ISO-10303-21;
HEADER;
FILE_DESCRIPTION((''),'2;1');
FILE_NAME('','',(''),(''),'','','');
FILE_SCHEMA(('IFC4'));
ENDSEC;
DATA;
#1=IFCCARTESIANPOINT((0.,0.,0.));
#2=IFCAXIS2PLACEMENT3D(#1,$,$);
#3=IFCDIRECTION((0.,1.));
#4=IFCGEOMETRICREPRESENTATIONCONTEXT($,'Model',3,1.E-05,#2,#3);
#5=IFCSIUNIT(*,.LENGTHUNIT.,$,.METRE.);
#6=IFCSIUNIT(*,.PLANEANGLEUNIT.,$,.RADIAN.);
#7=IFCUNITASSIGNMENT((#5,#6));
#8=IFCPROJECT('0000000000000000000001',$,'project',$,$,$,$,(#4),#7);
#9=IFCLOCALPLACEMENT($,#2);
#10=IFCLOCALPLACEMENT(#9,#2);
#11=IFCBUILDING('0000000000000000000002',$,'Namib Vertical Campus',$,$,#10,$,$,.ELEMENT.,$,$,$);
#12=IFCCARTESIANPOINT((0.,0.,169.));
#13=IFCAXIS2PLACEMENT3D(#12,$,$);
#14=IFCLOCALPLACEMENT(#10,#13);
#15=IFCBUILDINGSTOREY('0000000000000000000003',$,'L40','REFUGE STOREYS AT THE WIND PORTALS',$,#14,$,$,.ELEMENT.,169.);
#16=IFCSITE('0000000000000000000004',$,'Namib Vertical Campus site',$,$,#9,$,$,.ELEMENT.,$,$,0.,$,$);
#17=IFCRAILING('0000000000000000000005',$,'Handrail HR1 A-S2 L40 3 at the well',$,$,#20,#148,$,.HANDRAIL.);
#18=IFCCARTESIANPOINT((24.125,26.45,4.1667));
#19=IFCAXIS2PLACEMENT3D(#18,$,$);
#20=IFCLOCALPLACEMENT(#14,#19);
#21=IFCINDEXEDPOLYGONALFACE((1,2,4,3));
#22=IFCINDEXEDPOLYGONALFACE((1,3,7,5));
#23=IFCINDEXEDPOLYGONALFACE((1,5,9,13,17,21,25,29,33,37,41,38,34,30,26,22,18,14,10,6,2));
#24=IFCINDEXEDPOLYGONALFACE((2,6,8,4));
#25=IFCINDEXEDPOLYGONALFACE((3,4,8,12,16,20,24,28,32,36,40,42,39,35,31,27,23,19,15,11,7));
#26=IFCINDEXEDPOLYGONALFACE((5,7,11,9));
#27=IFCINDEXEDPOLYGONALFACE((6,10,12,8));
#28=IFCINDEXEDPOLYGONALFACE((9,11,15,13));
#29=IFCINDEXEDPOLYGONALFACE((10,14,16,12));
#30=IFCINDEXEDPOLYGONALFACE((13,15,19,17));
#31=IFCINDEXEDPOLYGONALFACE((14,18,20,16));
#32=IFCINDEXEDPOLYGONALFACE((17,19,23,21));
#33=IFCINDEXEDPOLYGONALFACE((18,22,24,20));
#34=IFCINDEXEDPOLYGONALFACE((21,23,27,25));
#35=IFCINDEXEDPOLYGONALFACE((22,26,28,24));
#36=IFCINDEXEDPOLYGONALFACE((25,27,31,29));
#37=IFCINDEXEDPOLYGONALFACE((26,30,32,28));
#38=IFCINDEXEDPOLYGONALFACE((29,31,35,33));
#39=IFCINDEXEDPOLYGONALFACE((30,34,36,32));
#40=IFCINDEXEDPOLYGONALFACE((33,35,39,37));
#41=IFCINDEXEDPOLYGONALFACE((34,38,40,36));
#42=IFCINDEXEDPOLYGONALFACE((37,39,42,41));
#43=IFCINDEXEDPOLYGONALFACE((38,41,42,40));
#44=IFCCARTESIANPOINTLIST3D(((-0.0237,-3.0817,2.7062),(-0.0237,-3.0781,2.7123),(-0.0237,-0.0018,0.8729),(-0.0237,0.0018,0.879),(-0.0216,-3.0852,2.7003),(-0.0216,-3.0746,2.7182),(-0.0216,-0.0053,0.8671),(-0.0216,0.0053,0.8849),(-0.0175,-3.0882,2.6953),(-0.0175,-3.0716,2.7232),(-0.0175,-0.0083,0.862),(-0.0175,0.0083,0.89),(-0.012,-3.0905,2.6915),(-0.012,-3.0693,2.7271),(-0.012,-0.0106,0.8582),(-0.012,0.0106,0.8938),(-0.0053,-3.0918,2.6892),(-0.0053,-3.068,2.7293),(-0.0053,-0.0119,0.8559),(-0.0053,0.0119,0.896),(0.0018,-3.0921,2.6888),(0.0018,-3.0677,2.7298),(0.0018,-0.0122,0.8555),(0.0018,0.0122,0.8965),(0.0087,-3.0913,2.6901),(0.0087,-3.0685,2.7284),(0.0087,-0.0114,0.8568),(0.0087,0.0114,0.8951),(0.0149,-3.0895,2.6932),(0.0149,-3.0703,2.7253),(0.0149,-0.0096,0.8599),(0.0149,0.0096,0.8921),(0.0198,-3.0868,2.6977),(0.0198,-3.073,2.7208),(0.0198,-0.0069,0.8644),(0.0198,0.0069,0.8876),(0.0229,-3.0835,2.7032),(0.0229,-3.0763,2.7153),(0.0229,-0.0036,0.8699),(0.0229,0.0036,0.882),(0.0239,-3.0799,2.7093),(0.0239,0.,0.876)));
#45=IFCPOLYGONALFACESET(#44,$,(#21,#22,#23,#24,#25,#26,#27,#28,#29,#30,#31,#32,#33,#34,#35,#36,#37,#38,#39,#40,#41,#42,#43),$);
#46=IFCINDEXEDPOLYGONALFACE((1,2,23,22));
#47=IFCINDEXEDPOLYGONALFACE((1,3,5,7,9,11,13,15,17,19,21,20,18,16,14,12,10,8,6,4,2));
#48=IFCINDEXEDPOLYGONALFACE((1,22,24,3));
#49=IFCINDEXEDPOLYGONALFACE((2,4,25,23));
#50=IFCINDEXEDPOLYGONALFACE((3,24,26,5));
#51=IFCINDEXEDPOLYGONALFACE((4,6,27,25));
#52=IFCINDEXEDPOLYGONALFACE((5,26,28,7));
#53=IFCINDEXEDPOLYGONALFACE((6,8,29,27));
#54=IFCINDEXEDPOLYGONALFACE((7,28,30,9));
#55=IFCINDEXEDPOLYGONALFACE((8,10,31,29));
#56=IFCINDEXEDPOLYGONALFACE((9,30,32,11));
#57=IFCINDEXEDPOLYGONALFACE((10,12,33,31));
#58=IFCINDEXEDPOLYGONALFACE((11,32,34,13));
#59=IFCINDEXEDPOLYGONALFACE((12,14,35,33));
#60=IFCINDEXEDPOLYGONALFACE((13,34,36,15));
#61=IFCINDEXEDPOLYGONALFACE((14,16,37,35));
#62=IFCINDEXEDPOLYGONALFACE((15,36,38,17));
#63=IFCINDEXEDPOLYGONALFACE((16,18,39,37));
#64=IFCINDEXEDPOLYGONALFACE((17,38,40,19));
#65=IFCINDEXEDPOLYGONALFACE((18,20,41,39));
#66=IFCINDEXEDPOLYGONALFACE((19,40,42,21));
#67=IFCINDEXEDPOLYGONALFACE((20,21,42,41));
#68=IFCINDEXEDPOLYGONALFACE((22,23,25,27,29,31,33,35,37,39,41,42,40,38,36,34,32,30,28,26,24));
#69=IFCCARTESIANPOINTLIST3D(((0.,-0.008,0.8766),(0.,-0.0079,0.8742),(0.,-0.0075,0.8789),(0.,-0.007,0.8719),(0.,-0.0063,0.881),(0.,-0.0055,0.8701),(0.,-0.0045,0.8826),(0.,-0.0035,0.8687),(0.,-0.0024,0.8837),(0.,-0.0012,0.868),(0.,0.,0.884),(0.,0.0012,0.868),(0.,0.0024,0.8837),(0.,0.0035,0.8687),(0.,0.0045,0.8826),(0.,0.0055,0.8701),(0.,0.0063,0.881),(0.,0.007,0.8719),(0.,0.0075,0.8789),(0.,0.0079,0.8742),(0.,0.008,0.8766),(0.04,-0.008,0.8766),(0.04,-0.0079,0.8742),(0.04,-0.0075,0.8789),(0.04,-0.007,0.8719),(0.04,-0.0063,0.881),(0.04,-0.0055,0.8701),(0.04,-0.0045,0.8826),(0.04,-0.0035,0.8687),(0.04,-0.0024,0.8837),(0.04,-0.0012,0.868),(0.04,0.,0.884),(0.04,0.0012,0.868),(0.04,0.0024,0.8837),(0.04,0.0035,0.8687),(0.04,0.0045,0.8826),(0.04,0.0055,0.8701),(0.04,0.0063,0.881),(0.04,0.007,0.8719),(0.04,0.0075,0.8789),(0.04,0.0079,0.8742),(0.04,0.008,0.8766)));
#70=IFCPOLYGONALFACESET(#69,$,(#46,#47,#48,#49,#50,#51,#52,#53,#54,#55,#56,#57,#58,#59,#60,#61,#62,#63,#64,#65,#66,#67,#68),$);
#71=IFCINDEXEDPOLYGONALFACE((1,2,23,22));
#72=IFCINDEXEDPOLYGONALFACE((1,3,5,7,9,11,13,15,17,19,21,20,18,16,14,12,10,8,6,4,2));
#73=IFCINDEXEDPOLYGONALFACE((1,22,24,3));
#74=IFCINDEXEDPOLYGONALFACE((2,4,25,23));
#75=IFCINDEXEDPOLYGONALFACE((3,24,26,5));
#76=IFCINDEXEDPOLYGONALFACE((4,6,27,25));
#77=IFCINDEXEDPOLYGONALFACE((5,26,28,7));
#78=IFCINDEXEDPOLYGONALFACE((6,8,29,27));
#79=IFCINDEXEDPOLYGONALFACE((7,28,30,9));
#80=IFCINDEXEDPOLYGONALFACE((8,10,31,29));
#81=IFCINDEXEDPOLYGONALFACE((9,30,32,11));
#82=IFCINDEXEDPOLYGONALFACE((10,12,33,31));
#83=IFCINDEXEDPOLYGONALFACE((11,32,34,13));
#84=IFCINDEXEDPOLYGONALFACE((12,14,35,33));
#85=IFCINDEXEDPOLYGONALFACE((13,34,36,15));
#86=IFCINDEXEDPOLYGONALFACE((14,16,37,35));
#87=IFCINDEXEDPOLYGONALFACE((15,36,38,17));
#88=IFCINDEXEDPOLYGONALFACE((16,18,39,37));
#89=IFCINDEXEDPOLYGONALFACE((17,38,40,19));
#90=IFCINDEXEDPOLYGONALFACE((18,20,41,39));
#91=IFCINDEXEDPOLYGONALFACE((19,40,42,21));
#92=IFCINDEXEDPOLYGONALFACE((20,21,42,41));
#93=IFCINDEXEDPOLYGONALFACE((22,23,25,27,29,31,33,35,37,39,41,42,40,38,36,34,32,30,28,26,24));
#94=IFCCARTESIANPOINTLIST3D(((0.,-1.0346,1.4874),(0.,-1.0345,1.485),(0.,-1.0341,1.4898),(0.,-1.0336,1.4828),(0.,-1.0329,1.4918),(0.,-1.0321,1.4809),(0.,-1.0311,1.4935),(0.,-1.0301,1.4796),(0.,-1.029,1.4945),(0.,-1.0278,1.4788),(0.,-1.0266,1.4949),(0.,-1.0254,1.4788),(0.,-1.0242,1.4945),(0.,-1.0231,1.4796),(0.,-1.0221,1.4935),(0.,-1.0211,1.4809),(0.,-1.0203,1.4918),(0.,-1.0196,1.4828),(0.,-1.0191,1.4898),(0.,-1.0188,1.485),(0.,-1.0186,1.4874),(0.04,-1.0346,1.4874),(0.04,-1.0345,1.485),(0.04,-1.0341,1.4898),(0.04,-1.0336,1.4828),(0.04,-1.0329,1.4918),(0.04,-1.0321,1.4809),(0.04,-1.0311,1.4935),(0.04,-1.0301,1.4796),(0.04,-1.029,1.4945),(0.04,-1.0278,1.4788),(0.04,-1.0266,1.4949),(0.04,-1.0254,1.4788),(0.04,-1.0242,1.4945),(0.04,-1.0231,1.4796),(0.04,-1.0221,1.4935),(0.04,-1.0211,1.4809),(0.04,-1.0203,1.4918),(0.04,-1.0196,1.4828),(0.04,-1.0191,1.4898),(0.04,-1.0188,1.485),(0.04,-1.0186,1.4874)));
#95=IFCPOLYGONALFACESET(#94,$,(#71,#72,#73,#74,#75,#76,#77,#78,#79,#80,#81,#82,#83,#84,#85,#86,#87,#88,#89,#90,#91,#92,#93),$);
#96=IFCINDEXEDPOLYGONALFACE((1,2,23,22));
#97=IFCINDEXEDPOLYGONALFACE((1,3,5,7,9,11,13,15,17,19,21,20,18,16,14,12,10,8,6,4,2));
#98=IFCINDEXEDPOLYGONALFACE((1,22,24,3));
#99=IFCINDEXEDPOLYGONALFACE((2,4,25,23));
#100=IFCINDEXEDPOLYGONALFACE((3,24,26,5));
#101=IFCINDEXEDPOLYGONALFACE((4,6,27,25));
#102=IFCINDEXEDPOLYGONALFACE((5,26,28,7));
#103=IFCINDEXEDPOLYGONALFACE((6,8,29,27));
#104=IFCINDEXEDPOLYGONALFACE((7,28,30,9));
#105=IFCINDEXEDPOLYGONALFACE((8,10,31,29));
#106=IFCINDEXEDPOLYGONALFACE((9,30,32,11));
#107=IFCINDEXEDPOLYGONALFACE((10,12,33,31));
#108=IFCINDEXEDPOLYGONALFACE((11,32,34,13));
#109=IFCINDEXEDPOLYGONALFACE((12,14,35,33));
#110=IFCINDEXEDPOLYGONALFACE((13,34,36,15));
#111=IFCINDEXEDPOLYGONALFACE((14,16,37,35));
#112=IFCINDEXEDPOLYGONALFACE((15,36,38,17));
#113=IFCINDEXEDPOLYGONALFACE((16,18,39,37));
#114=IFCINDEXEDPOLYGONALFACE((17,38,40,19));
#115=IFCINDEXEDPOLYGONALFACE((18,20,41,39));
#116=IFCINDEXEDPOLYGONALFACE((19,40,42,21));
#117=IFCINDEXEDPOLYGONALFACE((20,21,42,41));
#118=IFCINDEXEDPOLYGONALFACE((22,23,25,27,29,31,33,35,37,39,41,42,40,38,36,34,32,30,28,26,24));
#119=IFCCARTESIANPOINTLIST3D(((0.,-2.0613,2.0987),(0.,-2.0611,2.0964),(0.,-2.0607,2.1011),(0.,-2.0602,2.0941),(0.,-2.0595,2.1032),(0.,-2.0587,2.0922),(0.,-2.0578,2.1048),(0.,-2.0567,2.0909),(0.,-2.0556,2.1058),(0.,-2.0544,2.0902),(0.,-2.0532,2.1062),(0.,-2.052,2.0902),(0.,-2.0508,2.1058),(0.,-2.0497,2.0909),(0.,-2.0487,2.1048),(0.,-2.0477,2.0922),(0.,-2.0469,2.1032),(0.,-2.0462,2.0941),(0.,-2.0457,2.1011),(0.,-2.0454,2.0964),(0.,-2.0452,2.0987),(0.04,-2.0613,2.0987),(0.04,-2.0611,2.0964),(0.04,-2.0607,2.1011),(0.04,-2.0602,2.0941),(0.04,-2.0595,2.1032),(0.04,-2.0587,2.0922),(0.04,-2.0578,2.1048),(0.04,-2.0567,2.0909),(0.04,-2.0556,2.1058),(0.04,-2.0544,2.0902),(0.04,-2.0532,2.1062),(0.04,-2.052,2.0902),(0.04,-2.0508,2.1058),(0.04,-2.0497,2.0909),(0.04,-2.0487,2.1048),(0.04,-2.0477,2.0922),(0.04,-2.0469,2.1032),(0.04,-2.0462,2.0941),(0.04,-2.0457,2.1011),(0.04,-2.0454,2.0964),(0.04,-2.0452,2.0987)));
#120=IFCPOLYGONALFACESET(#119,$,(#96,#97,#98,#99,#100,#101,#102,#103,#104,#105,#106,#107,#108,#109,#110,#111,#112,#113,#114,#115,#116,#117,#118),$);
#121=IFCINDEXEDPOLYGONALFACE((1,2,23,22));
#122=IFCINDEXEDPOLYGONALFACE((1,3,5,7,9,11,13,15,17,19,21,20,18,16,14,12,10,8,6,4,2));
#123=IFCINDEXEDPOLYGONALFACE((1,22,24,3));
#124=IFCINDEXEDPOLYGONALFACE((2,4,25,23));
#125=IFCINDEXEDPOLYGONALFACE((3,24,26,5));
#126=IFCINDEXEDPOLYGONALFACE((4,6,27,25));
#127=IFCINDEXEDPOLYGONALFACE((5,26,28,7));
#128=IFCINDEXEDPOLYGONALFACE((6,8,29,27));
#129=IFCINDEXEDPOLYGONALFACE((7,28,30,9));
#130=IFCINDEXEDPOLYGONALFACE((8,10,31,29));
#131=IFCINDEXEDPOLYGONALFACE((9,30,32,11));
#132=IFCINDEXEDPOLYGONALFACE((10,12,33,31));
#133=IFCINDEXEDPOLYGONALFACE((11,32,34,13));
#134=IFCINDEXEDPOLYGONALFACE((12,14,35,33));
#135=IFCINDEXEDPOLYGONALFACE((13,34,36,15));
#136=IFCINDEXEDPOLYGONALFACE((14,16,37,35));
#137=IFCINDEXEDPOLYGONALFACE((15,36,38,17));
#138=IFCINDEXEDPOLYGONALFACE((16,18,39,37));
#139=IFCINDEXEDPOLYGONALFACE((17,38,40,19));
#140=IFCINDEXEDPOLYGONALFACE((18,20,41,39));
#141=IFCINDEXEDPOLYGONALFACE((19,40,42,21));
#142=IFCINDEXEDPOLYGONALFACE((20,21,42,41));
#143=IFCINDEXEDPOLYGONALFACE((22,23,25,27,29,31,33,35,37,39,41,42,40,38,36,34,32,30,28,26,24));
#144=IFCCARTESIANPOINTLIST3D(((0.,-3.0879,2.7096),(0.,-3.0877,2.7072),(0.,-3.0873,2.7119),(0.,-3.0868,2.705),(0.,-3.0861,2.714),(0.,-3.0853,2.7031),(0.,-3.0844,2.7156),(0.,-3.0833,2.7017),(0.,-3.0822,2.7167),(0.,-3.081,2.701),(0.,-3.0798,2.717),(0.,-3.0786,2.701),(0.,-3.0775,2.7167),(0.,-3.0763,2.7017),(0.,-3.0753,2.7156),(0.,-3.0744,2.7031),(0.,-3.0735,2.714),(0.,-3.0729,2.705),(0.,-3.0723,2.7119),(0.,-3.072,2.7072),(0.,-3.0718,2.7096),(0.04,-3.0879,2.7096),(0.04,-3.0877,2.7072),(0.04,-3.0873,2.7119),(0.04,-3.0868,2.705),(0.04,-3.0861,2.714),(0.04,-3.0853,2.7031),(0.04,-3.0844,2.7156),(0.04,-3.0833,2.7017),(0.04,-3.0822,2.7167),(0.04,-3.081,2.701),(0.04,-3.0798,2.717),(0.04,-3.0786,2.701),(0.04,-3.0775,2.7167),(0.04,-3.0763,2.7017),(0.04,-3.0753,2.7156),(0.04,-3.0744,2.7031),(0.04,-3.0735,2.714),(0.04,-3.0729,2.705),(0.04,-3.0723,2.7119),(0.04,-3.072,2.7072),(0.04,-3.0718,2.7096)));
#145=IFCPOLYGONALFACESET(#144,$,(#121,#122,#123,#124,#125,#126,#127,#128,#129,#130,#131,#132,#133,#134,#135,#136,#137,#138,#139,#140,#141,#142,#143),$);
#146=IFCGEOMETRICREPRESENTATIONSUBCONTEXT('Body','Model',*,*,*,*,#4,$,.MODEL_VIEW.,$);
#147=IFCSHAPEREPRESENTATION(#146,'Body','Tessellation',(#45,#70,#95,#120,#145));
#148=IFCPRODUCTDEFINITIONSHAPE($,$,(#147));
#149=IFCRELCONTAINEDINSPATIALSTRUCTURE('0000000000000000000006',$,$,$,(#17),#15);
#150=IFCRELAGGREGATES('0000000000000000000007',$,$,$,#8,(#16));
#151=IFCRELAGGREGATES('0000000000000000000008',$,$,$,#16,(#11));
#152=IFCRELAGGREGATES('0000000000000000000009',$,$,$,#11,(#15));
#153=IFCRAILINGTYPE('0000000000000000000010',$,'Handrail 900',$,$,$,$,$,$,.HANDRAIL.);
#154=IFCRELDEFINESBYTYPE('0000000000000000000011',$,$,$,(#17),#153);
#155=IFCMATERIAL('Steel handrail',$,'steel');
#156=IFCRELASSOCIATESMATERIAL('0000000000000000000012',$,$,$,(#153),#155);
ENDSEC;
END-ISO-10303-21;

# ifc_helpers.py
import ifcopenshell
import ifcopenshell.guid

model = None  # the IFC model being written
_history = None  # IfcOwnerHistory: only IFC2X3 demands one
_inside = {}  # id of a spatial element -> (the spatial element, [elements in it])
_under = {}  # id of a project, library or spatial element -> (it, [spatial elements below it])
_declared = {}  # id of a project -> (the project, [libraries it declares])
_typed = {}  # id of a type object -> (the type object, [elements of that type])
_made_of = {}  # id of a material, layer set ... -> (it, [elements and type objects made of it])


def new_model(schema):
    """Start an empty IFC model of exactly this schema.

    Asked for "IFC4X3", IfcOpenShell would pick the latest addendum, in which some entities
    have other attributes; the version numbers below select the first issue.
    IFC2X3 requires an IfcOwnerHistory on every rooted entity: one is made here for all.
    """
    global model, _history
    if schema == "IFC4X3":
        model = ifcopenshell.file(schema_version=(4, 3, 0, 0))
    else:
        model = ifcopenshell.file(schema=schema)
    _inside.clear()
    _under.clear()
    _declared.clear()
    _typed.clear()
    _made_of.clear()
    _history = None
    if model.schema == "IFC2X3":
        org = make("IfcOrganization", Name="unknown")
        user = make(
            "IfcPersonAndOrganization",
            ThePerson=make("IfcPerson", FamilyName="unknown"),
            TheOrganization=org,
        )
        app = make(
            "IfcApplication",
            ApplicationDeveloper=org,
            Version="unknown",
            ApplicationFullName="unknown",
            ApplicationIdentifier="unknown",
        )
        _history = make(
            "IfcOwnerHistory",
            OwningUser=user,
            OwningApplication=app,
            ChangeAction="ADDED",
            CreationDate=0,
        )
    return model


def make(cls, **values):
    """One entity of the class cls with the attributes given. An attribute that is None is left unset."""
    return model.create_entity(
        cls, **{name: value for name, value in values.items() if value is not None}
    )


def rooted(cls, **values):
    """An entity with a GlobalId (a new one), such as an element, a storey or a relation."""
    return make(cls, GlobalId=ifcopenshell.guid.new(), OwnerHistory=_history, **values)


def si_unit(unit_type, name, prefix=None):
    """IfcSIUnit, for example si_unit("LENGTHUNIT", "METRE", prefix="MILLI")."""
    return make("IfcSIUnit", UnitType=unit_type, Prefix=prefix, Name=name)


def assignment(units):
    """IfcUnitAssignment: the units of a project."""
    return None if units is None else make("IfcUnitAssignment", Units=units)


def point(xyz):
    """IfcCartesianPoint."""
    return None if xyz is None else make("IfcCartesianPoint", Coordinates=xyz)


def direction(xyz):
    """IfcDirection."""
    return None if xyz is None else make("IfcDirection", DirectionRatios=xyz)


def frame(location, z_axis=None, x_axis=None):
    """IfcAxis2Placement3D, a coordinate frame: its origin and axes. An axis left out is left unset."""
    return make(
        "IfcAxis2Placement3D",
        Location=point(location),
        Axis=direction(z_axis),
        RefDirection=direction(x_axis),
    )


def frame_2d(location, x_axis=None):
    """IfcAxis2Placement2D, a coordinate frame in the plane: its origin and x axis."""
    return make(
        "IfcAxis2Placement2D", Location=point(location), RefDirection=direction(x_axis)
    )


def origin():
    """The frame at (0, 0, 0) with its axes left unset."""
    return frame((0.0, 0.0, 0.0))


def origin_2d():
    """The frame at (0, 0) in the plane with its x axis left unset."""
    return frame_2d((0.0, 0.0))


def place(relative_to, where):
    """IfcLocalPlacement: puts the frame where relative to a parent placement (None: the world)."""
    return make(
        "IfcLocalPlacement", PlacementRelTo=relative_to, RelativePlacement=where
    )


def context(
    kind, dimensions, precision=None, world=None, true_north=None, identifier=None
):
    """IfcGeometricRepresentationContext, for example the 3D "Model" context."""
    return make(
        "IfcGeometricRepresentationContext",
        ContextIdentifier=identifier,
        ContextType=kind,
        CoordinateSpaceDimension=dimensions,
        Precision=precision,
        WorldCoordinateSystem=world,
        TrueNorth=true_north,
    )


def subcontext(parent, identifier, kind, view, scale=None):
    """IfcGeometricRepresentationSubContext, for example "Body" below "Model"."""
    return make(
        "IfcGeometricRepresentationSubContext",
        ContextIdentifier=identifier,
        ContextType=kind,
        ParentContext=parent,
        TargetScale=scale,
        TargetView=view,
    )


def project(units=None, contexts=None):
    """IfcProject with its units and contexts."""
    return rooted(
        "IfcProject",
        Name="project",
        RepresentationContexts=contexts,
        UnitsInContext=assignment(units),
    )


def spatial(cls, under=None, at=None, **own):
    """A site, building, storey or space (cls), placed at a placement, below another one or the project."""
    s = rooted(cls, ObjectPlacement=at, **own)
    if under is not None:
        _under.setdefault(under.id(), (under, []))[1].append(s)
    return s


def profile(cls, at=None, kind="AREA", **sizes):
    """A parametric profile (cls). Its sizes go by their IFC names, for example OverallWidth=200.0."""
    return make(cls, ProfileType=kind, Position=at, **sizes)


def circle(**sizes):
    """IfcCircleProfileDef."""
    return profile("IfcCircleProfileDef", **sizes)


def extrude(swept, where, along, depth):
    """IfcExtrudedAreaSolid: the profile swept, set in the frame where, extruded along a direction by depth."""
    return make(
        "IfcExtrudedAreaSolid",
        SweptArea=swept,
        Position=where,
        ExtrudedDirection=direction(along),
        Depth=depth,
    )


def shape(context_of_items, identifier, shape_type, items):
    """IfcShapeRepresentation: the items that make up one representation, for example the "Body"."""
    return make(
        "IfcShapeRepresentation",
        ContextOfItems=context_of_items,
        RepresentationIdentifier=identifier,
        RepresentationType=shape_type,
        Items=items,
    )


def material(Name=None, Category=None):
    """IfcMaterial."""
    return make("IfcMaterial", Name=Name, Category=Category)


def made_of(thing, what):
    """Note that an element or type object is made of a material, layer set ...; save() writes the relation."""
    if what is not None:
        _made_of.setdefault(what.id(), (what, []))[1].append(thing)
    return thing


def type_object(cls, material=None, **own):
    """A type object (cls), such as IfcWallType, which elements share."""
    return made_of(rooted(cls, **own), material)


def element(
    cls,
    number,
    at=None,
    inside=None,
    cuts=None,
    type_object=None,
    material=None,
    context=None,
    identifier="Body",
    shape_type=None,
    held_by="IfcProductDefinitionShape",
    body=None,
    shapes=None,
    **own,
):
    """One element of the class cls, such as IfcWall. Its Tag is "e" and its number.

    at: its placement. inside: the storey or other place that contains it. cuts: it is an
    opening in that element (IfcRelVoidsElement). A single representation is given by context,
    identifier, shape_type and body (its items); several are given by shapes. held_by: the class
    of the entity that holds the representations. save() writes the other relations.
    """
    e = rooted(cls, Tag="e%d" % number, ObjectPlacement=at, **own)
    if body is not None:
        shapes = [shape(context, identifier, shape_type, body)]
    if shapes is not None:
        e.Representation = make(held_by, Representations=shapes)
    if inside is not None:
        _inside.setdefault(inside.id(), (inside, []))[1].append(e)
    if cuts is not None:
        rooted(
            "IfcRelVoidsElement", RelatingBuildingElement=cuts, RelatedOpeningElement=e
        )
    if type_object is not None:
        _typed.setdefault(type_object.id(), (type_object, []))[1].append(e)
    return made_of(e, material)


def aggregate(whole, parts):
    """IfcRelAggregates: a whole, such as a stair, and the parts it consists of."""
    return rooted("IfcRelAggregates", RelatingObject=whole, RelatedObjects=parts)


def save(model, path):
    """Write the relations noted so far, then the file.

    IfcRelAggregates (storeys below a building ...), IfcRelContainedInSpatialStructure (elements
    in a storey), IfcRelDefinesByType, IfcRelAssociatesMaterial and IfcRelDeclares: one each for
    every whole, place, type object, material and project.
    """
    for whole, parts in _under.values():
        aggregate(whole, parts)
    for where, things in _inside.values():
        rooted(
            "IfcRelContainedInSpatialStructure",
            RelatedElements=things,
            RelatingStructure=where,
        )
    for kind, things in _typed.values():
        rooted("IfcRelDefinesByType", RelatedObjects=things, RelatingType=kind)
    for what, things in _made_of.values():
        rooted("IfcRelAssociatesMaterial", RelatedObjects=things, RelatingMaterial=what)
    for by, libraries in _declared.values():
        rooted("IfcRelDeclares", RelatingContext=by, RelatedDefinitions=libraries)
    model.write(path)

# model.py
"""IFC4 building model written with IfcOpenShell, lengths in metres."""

from ifc_helpers import new_model, si_unit, direction, frame, origin, origin_2d, place, context, subcontext, project, spatial, circle, extrude, material, type_object, element, save


model = new_model("IFC4")

# Units and contexts
model_context = context("Model", 3, precision=1e-05, world=origin(), true_north=direction((0.0, 1.0)))
body_context = subcontext(model_context, "Body", "Model", "MODEL_VIEW")
ifc_project = project(units=[si_unit("LENGTHUNIT", "METRE"), si_unit("PLANEANGLEUNIT", "RADIAN")], contexts=[model_context])

# Site, building, storey
site_placement = place(None, origin())
site = spatial("IfcSite", under=ifc_project, at=site_placement, Name="Namib Vertical Campus site", CompositionType="ELEMENT", RefElevation=0.0)
building_placement = place(site_placement, origin())
building = spatial("IfcBuilding", under=site, at=building_placement, Name="Namib Vertical Campus", CompositionType="ELEMENT")
storey_placement = place(building_placement, frame((0.0, 0.0, 169.0)))
storey = spatial("IfcBuildingStorey", under=building, at=storey_placement, Name="L40", Description="REFUGE STOREYS AT THE WIND PORTALS", CompositionType="ELEMENT", Elevation=169.0)

# Railing
ifc_material_1 = material(Name="Steel handrail", Category="steel")
railing_type_1 = type_object("IfcRailingType", Name="Handrail 900", PredefinedType="HANDRAIL", material=ifc_material_1)
railing_1_placement = place(storey_placement, frame((24.125, 26.45, 4.1667)))
element("IfcRailing", 1, at=railing_1_placement, inside=storey, type_object=railing_type_1, Name="Handrail HR1 A-S2 L40 3 at the well", PredefinedType="HANDRAIL", context=body_context, shape_type="SweptSolid", body=[
    extrude(circle(Radius=0.0239, at=origin_2d()), frame((0.0, 0.0, 0.876), z_axis=(0.0, -0.859291, 0.511487), x_axis=(1.0, 0.0, 0.0)), (0.0, 0.0, 1.0), 3.5842),
    extrude(circle(Radius=0.0081, at=origin_2d()), frame((0.0, 0.0, 0.876), z_axis=(1.0, 0.0, 0.0), x_axis=(0.0, 0.0, 1.0)), (0.0, 0.0, 1.0), 0.04),
    extrude(circle(Radius=0.0081, at=origin_2d()), frame((0.0, -1.0266, 1.4868), z_axis=(1.0, 0.0, 0.0), x_axis=(0.0, 0.0, 1.0)), (0.0, 0.0, 1.0), 0.04),
    extrude(circle(Radius=0.0081, at=origin_2d()), frame((0.0, -2.0532, 2.0981), z_axis=(1.0, 0.0, 0.0), x_axis=(0.0, 0.0, 1.0)), (0.0, 0.0, 1.0), 0.04),
    extrude(circle(Radius=0.0081, at=origin_2d()), frame((0.0, -3.0798, 2.709), z_axis=(1.0, 0.0, 0.0), x_axis=(0.0, 0.0, 1.0)), (0.0, 0.0, 1.0), 0.04),
])

save(model, "model.ifc")
